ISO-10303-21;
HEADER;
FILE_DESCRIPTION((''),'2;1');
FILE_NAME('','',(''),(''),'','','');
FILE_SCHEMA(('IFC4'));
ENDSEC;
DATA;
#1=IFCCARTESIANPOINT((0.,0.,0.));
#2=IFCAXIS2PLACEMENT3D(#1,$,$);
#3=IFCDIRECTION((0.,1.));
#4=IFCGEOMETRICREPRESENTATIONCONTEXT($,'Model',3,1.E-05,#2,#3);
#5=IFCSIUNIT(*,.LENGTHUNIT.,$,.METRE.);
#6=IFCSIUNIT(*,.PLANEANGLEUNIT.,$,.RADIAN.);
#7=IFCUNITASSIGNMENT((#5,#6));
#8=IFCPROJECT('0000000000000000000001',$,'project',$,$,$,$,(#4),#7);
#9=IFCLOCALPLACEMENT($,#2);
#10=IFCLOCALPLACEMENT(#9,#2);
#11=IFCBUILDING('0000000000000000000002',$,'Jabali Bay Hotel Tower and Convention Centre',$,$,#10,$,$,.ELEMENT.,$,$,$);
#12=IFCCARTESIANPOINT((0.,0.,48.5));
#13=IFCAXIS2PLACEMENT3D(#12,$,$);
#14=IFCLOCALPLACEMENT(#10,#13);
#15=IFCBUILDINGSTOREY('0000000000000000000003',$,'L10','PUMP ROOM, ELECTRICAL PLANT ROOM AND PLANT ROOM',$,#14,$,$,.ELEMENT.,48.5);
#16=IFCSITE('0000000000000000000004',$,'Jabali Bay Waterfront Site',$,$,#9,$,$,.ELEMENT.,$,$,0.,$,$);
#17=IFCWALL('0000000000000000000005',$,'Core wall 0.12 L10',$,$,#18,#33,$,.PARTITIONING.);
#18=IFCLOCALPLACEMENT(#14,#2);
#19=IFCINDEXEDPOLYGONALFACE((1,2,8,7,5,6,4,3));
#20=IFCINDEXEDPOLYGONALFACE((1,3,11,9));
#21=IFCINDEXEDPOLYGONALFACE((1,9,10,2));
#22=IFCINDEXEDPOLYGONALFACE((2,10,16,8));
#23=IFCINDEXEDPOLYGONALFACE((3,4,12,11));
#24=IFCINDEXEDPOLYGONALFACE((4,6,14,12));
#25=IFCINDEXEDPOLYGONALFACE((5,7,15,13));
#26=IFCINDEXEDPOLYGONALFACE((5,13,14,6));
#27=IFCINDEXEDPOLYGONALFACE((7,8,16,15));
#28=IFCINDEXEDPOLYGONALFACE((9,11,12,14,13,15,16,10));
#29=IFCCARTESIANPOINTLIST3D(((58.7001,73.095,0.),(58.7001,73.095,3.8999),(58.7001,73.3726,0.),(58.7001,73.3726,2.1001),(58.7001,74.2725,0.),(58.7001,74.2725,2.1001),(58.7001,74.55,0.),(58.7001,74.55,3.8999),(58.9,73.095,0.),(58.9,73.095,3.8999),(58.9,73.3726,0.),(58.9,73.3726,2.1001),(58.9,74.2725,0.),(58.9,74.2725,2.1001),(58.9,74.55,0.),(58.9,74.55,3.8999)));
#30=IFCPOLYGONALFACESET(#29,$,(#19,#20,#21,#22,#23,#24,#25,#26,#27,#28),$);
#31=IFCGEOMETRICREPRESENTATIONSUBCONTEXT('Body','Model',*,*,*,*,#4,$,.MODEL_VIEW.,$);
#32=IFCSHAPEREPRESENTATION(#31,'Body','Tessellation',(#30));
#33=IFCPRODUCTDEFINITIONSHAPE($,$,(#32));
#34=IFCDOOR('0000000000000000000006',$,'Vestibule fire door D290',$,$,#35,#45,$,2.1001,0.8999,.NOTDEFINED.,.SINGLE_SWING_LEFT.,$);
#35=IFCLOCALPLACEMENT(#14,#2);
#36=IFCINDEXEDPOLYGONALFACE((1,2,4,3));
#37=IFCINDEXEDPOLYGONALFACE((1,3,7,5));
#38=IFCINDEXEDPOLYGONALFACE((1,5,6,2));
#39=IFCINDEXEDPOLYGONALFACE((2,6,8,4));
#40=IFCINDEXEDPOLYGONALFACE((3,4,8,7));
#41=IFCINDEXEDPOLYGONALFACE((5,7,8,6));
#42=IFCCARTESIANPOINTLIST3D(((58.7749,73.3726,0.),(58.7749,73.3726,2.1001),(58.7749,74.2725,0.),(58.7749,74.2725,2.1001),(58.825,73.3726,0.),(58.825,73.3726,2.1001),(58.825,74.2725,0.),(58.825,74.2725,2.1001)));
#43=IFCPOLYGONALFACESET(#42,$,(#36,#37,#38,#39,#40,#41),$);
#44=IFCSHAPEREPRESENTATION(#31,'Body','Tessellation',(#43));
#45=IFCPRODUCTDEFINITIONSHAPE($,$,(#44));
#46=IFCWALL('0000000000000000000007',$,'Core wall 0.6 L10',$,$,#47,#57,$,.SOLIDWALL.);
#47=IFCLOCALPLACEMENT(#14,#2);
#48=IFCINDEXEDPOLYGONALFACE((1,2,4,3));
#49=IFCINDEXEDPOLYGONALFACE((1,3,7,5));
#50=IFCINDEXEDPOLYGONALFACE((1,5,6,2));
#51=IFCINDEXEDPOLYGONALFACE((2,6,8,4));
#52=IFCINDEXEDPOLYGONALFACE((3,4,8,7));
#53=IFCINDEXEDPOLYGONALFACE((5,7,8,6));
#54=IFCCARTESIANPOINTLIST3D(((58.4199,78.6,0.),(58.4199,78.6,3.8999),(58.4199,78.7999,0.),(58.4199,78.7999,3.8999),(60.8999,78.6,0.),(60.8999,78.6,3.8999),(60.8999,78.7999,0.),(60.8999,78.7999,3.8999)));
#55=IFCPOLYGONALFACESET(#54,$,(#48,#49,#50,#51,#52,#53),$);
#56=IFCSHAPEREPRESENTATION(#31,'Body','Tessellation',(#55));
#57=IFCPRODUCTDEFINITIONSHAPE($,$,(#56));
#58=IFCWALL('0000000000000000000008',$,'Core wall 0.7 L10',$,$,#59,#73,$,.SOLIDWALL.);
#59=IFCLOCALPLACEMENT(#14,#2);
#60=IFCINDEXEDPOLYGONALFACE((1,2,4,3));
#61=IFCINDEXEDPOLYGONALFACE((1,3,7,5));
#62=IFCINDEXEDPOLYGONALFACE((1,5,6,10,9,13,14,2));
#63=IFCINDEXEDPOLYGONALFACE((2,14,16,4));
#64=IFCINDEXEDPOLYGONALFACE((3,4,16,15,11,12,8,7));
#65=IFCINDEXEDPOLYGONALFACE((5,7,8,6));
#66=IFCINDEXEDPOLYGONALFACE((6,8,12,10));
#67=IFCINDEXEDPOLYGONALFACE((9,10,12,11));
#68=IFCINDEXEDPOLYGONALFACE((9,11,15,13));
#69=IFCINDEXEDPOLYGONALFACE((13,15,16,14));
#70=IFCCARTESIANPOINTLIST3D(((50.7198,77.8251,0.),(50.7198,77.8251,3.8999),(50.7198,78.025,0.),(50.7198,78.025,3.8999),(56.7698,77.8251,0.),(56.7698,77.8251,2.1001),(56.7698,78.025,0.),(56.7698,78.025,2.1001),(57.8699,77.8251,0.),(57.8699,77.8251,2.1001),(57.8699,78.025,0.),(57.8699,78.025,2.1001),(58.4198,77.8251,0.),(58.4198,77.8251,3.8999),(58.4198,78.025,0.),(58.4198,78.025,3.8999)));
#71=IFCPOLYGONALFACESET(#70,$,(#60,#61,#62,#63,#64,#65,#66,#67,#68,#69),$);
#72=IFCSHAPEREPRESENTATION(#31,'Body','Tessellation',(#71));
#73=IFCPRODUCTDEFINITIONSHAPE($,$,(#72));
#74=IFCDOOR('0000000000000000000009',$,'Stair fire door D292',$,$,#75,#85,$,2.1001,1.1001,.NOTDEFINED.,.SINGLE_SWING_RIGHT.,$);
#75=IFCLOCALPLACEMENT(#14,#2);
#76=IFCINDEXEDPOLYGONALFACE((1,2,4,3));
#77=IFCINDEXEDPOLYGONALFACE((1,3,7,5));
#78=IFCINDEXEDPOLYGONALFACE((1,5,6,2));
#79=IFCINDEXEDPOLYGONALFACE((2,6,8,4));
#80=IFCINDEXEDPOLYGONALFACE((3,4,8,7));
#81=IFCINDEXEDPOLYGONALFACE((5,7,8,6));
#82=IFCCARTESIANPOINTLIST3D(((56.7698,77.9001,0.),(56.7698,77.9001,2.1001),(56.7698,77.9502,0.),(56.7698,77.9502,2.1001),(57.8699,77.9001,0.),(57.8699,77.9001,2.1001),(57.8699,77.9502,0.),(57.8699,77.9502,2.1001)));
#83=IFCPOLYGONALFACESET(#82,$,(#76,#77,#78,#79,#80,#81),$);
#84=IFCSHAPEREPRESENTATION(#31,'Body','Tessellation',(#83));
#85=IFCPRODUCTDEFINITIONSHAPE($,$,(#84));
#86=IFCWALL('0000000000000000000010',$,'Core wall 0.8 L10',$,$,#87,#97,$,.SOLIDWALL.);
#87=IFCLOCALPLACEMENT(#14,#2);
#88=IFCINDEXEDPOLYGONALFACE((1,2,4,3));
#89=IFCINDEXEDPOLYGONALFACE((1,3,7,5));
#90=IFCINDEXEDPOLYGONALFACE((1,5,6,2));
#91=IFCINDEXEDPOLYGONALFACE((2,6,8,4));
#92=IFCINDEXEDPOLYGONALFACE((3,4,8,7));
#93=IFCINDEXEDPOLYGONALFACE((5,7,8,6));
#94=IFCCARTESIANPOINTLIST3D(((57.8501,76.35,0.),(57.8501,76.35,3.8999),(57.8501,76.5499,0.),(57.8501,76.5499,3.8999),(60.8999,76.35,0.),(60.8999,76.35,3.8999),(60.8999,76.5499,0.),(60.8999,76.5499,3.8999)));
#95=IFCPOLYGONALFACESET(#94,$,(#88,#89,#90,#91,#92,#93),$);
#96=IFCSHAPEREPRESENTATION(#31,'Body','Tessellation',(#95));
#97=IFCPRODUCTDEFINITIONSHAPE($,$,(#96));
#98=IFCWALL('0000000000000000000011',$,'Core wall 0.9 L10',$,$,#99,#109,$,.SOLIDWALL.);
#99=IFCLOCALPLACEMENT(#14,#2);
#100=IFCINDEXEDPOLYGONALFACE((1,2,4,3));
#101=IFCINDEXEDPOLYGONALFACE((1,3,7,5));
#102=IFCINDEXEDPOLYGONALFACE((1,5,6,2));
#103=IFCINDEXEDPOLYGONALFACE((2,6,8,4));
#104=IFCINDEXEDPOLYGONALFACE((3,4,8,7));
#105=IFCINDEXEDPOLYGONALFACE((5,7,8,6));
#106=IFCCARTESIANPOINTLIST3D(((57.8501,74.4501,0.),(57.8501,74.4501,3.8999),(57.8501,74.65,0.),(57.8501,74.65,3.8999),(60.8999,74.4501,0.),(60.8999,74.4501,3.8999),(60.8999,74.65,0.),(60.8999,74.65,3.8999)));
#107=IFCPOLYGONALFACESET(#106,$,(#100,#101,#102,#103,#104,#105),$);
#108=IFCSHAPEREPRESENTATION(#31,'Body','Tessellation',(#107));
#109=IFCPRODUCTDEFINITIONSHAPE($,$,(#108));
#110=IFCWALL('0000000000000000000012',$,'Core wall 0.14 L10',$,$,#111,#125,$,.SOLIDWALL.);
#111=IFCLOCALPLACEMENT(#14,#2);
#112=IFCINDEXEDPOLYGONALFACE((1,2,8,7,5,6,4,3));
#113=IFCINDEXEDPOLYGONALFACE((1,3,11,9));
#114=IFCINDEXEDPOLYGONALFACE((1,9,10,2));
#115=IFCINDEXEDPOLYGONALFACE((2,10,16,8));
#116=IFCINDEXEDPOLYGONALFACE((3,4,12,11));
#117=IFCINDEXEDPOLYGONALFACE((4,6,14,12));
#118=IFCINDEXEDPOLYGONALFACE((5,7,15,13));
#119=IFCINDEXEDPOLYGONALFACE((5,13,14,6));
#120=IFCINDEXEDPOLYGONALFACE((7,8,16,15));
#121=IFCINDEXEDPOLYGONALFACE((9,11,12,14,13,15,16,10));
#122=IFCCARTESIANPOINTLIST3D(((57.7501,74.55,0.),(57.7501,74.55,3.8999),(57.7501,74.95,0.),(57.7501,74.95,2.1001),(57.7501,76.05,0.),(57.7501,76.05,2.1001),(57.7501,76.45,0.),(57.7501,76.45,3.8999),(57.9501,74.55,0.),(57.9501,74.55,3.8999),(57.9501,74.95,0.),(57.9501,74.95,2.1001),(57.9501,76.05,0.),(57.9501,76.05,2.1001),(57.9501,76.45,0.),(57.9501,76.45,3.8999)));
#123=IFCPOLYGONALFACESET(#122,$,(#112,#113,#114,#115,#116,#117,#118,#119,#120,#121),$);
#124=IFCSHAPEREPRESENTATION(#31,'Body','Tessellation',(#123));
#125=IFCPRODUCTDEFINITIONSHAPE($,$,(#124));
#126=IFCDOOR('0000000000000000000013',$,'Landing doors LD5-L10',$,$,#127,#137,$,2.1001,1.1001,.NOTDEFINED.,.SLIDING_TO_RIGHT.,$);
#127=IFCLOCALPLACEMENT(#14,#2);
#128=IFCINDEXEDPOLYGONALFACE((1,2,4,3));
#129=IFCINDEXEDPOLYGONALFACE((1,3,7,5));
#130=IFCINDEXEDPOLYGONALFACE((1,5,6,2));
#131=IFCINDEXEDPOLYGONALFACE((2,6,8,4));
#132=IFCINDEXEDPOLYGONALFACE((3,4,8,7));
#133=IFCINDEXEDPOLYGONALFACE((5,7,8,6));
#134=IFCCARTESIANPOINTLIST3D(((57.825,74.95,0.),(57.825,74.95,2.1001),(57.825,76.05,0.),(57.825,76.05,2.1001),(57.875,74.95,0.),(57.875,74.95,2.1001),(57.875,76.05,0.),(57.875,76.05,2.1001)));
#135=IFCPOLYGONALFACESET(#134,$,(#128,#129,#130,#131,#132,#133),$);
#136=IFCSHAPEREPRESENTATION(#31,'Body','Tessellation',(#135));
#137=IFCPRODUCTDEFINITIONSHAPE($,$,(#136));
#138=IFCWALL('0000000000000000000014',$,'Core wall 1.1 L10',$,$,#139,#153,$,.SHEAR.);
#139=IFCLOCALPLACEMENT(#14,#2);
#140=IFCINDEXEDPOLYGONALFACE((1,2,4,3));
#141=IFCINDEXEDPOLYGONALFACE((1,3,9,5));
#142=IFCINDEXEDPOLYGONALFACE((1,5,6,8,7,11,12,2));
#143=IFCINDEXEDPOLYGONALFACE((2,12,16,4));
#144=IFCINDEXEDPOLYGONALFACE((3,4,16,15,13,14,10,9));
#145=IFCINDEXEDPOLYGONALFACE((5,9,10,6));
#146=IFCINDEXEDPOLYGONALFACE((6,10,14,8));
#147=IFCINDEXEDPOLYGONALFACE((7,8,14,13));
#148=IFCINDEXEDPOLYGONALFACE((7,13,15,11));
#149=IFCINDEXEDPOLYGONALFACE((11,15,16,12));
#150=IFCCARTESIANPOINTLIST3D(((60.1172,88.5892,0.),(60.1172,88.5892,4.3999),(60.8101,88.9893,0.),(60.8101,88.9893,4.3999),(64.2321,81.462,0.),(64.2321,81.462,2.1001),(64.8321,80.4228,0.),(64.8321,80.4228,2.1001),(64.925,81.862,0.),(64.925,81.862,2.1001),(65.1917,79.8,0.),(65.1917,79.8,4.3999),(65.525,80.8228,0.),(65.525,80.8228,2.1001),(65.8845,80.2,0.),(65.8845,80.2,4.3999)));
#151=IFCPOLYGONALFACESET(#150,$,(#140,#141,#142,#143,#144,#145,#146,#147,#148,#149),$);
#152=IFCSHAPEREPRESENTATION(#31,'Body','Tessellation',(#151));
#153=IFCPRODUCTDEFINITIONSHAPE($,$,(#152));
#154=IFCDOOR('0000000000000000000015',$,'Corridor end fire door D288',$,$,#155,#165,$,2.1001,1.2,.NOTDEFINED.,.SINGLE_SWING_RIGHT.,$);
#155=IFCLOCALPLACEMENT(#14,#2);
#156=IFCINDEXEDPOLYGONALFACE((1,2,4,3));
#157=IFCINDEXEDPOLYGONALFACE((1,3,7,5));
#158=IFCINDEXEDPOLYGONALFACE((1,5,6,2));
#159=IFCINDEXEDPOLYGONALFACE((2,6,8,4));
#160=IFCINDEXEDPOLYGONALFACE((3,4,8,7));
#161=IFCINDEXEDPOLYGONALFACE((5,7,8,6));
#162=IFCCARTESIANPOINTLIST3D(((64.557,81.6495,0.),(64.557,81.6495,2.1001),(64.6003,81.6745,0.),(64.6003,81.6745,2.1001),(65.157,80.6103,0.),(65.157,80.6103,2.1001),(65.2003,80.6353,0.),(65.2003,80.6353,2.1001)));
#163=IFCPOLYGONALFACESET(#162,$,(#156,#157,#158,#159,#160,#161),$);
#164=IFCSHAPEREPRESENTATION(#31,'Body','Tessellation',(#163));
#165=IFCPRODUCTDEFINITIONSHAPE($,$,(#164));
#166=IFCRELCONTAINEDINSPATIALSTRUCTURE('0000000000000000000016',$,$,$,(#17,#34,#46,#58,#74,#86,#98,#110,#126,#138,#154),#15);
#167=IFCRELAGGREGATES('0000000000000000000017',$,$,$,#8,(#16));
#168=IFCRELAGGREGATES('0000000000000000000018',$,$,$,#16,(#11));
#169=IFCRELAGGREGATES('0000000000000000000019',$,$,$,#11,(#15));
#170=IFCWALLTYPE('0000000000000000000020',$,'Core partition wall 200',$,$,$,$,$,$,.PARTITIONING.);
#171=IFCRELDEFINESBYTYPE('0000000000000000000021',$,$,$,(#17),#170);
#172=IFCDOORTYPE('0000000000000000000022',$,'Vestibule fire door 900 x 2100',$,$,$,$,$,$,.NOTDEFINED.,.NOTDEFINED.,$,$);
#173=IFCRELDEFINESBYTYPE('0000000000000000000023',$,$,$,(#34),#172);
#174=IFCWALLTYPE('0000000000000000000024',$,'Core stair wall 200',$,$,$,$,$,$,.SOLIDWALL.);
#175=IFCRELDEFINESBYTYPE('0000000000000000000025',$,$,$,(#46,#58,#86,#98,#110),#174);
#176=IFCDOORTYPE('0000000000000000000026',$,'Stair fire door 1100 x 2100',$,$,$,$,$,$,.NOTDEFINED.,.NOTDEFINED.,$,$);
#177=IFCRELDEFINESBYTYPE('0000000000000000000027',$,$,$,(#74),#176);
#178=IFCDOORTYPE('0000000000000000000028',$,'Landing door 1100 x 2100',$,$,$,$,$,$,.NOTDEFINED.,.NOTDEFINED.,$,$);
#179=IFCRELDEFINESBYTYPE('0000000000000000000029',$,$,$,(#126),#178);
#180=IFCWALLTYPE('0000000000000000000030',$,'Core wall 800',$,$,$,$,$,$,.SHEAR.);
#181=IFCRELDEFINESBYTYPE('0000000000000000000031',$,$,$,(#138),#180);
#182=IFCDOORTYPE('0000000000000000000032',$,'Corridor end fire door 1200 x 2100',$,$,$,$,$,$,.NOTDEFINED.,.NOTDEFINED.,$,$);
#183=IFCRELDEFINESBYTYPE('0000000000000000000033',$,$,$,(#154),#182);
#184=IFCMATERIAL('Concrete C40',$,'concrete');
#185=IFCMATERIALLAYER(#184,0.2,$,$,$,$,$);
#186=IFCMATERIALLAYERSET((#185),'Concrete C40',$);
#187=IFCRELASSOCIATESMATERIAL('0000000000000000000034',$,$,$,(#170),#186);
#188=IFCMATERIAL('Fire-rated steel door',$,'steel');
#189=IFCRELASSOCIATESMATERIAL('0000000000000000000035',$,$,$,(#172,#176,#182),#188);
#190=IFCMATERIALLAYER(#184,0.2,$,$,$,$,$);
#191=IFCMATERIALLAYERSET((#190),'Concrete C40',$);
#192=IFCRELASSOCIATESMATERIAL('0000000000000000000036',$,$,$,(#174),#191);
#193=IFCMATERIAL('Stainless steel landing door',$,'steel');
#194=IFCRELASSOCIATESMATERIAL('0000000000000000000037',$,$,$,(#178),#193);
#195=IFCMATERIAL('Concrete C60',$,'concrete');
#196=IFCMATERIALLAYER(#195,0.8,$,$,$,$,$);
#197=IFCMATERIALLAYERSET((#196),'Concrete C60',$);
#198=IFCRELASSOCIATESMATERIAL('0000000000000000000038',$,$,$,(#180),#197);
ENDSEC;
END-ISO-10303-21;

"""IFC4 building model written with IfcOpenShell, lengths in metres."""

from ifc_helpers import new_model, si_unit, direction, frame, frame_2d, origin, place, context, subcontext, project, spatial, rectangle, extrude, material, layer, layer_set, type_object, element, fill, save


model = new_model("IFC4")

# Units and contexts
model_context = context("Model", 3, precision=1e-05, world=origin(), true_north=direction((0.0, 1.0)))
body_context = subcontext(model_context, "Body", "Model", "MODEL_VIEW")
ifc_project = project(units=[si_unit("LENGTHUNIT", "METRE"), si_unit("PLANEANGLEUNIT", "RADIAN")], contexts=[model_context])

# Site, building, storey
site_placement = place(None, origin())
site = spatial("IfcSite", under=ifc_project, at=site_placement, Name="Jabali Bay Waterfront Site", CompositionType="ELEMENT", RefElevation=0.0)
building_placement = place(site_placement, origin())
building = spatial("IfcBuilding", under=site, at=building_placement, Name="Jabali Bay Hotel Tower and Convention Centre", CompositionType="ELEMENT")
storey_placement = place(building_placement, frame((0.0, 0.0, 48.5)))
storey = spatial("IfcBuildingStorey", under=building, at=storey_placement, Name="L10", Description="PUMP ROOM, ELECTRICAL PLANT ROOM AND PLANT ROOM", CompositionType="ELEMENT", Elevation=48.5)

# Wall, opening, door
ifc_material_1 = material(Name="Concrete C40", Category="concrete")
ifc_layer_1 = layer(ifc_material_1, 0.2)
ifc_layer_set_1 = layer_set([ifc_layer_1], Name="Concrete C40")
wall_type_1 = type_object("IfcWallType", Name="Core partition wall 200", PredefinedType="PARTITIONING", material=ifc_layer_set_1)
wall_1_placement = place(storey_placement, frame((58.8, 74.55, 0.0), z_axis=(0.0, 0.0, 1.0), x_axis=(0.0, -1.0, 0.0)))
wall_1 = element("IfcWall", 1, at=wall_1_placement, inside=storey, type_object=wall_type_1, Name="Core wall 0.12 L10", PredefinedType="PARTITIONING", context=body_context, shape_type="SweptSolid", body=[
    extrude(rectangle(XDim=1.4551, YDim=0.2, at=frame_2d((0.7275, 0.0))), origin(), (0.0, 0.0, 1.0), 3.8999),
])
opening_1_placement = place(wall_1_placement, frame((0.2776, 0.0, 0.0)))
opening_1 = element("IfcOpeningElement", 2, at=opening_1_placement, cuts=wall_1, PredefinedType="OPENING", context=body_context, shape_type="SweptSolid", body=[
    extrude(rectangle(XDim=0.8999, YDim=2.1001, at=frame_2d((0.45, 1.05))), frame((0.0, 0.1104, 0.0), z_axis=(0.0, -1.0, 0.0), x_axis=(1.0, 0.0, 0.0)), (0.0, 0.0, 1.0), 0.2209),
])
ifc_material_2 = material(Name="Fire-rated steel door", Category="steel")
door_type_1 = type_object("IfcDoorType", Name="Vestibule fire door 900 x 2100", OperationType="NOTDEFINED", PredefinedType="NOTDEFINED", material=ifc_material_2)
door_1_placement = place(opening_1_placement, origin())
door_1 = element("IfcDoor", 3, at=door_1_placement, inside=storey, type_object=door_type_1, Name="Vestibule fire door D290", OperationType="SINGLE_SWING_LEFT", OverallHeight=2.1001, OverallWidth=0.8999, PredefinedType="NOTDEFINED", context=body_context, shape_type="SweptSolid", body=[
    extrude(rectangle(XDim=0.8999, YDim=2.1001, at=frame_2d((0.45, 1.05))), frame((0.0, 0.0249, 0.0), z_axis=(0.0, -1.0, 0.0), x_axis=(1.0, 0.0, 0.0)), (0.0, 0.0, 1.0), 0.05),
])
fill(opening_1, door_1)

# Wall
ifc_layer_2 = layer(ifc_material_1, 0.2)
ifc_layer_set_2 = layer_set([ifc_layer_2], Name="Concrete C40")
wall_type_2 = type_object("IfcWallType", Name="Core stair wall 200", PredefinedType="SOLIDWALL", material=ifc_layer_set_2)
wall_2_placement = place(storey_placement, frame((60.8999, 78.7, 0.0), z_axis=(0.0, 0.0, 1.0), x_axis=(-1.0, 0.0, 0.0)))
element("IfcWall", 4, at=wall_2_placement, inside=storey, type_object=wall_type_2, Name="Core wall 0.6 L10", PredefinedType="SOLIDWALL", context=body_context, shape_type="SweptSolid", body=[
    extrude(rectangle(XDim=2.48, YDim=0.2, at=frame_2d((1.24, 0.0))), origin(), (0.0, 0.0, 1.0), 3.8999),
])

# Wall, opening, door
wall_3_placement = place(storey_placement, frame((58.4199, 77.925, 0.0), z_axis=(0.0, 0.0, 1.0), x_axis=(-1.0, 0.0, 0.0)))
wall_3 = element("IfcWall", 5, at=wall_3_placement, inside=storey, type_object=wall_type_2, Name="Core wall 0.7 L10", PredefinedType="SOLIDWALL", context=body_context, shape_type="SweptSolid", body=[
    extrude(rectangle(XDim=7.7, YDim=0.2, at=frame_2d((3.8501, 0.0))), origin(), (0.0, 0.0, 1.0), 3.8999),
])
opening_2_placement = place(wall_3_placement, frame((0.55, 0.0, 0.0)))
opening_2 = element("IfcOpeningElement", 6, at=opening_2_placement, cuts=wall_3, PredefinedType="OPENING", context=body_context, shape_type="SweptSolid", body=[
    extrude(rectangle(XDim=1.1001, YDim=2.1001, at=frame_2d((0.55, 1.05))), frame((0.0, 0.1104, 0.0), z_axis=(0.0, -1.0, 0.0), x_axis=(1.0, 0.0, 0.0)), (0.0, 0.0, 1.0), 0.2209),
])
door_type_2 = type_object("IfcDoorType", Name="Stair fire door 1100 x 2100", OperationType="NOTDEFINED", PredefinedType="NOTDEFINED", material=ifc_material_2)
door_2_placement = place(opening_2_placement, origin())
door_2 = element("IfcDoor", 7, at=door_2_placement, inside=storey, type_object=door_type_2, Name="Stair fire door D292", OperationType="SINGLE_SWING_RIGHT", OverallHeight=2.1001, OverallWidth=1.1001, PredefinedType="NOTDEFINED", context=body_context, shape_type="SweptSolid", body=[
    extrude(rectangle(XDim=1.1001, YDim=2.1001, at=frame_2d((0.55, 1.05))), frame((0.0, 0.0249, 0.0), z_axis=(0.0, -1.0, 0.0), x_axis=(1.0, 0.0, 0.0)), (0.0, 0.0, 1.0), 0.05),
])
fill(opening_2, door_2)

# Walls
for number, where, z_axis, x_axis, name in (
    (8, (60.8999, 76.45, 0.0), (0.0, 0.0, 1.0), (-1.0, 0.0, 0.0), "Core wall 0.8 L10"),
    (9, (60.8999, 74.55, 0.0), (0.0, 0.0, 1.0), (-1.0, 0.0, 0.0), "Core wall 0.9 L10"),
):
    element("IfcWall", number, at=place(storey_placement, frame(where, z_axis=z_axis, x_axis=x_axis)), inside=storey, type_object=wall_type_2, Name=name, PredefinedType="SOLIDWALL", context=body_context, shape_type="SweptSolid", body=[
        extrude(rectangle(XDim=3.0498, YDim=0.2, at=frame_2d((1.5249, 0.0))), origin(), (0.0, 0.0, 1.0), 3.8999),
    ])

# Walls, openings, doors
wall_4_placement = place(storey_placement, frame((57.8501, 76.45, 0.0), z_axis=(0.0, 0.0, 1.0), x_axis=(0.0, -1.0, 0.0)))
wall_4 = element("IfcWall", 10, at=wall_4_placement, inside=storey, type_object=wall_type_2, Name="Core wall 0.14 L10", PredefinedType="SOLIDWALL", context=body_context, shape_type="SweptSolid", body=[
    extrude(rectangle(XDim=1.8999, YDim=0.2, at=frame_2d((0.95, 0.0))), origin(), (0.0, 0.0, 1.0), 3.8999),
])
opening_3_placement = place(wall_4_placement, frame((0.3999, 0.0, 0.0)))
opening_3 = element("IfcOpeningElement", 11, at=opening_3_placement, cuts=wall_4, PredefinedType="OPENING", context=body_context, shape_type="SweptSolid", body=[
    extrude(rectangle(XDim=1.1001, YDim=2.1001, at=frame_2d((0.55, 1.05))), frame((0.0, 0.1104, 0.0), z_axis=(0.0, -1.0, 0.0), x_axis=(1.0, 0.0, 0.0)), (0.0, 0.0, 1.0), 0.2209),
])
ifc_material_3 = material(Name="Stainless steel landing door", Category="steel")
door_type_3 = type_object("IfcDoorType", Name="Landing door 1100 x 2100", OperationType="NOTDEFINED", PredefinedType="NOTDEFINED", material=ifc_material_3)
door_3_placement = place(opening_3_placement, origin())
door_3 = element("IfcDoor", 12, at=door_3_placement, inside=storey, type_object=door_type_3, Name="Landing doors LD5-L10", OperationType="SLIDING_TO_RIGHT", OverallHeight=2.1001, OverallWidth=1.1001, PredefinedType="NOTDEFINED", context=body_context, shape_type="SweptSolid", body=[
    extrude(rectangle(XDim=1.1001, YDim=2.1001, at=frame_2d((0.55, 1.05))), frame((0.0, 0.0249, 0.0), z_axis=(0.0, -1.0, 0.0), x_axis=(1.0, 0.0, 0.0)), (0.0, 0.0, 1.0), 0.05),
])
fill(opening_3, door_3)
ifc_material_4 = material(Name="Concrete C60", Category="concrete")
ifc_layer_3 = layer(ifc_material_4, 0.8)
ifc_layer_set_3 = layer_set([ifc_layer_3], Name="Concrete C60")
wall_type_3 = type_object("IfcWallType", Name="Core wall 800", PredefinedType="SHEAR", material=ifc_layer_set_3)
wall_5_placement = place(storey_placement, frame((65.5381, 80.0, 0.0), z_axis=(0.0, 0.0, 1.0), x_axis=(-0.499997, 0.866027, 0.0)))
wall_5 = element("IfcWall", 13, at=wall_5_placement, inside=storey, type_object=wall_type_3, Name="Core wall 1.1 L10", PredefinedType="SHEAR", context=body_context, shape_type="SweptSolid", body=[
    extrude(rectangle(XDim=10.1489, YDim=0.8, at=frame_2d((5.0745, 0.0))), origin(), (0.0, 0.0, 1.0), 4.3999),
])
opening_4_placement = place(wall_5_placement, frame((0.719, 0.0, 0.0)))
opening_4 = element("IfcOpeningElement", 14, at=opening_4_placement, cuts=wall_5, PredefinedType="OPENING", context=body_context, shape_type="SweptSolid", body=[
    extrude(rectangle(XDim=1.2, YDim=2.1001, at=frame_2d((0.6001, 1.05))), frame((0.0, 0.4106, 0.0), z_axis=(0.0, -1.0, 0.0), x_axis=(1.0, 0.0, 0.0)), (0.0, 0.0, 1.0), 0.821),
])
door_type_4 = type_object("IfcDoorType", Name="Corridor end fire door 1200 x 2100", OperationType="NOTDEFINED", PredefinedType="NOTDEFINED", material=ifc_material_2)
door_4_placement = place(opening_4_placement, origin())
door_4 = element("IfcDoor", 15, at=door_4_placement, inside=storey, type_object=door_type_4, Name="Corridor end fire door D288", OperationType="SINGLE_SWING_RIGHT", OverallHeight=2.1001, OverallWidth=1.2, PredefinedType="NOTDEFINED", context=body_context, shape_type="SweptSolid", body=[
    extrude(rectangle(XDim=1.2, YDim=2.1001, at=frame_2d((0.6001, 1.05))), frame((0.0, 0.0249, 0.0), z_axis=(0.0, -1.0, 0.0), x_axis=(1.0, 0.0, 0.0)), (0.0, 0.0, 1.0), 0.05),
])
fill(opening_4, door_4)

save(model, "model.ifc")
